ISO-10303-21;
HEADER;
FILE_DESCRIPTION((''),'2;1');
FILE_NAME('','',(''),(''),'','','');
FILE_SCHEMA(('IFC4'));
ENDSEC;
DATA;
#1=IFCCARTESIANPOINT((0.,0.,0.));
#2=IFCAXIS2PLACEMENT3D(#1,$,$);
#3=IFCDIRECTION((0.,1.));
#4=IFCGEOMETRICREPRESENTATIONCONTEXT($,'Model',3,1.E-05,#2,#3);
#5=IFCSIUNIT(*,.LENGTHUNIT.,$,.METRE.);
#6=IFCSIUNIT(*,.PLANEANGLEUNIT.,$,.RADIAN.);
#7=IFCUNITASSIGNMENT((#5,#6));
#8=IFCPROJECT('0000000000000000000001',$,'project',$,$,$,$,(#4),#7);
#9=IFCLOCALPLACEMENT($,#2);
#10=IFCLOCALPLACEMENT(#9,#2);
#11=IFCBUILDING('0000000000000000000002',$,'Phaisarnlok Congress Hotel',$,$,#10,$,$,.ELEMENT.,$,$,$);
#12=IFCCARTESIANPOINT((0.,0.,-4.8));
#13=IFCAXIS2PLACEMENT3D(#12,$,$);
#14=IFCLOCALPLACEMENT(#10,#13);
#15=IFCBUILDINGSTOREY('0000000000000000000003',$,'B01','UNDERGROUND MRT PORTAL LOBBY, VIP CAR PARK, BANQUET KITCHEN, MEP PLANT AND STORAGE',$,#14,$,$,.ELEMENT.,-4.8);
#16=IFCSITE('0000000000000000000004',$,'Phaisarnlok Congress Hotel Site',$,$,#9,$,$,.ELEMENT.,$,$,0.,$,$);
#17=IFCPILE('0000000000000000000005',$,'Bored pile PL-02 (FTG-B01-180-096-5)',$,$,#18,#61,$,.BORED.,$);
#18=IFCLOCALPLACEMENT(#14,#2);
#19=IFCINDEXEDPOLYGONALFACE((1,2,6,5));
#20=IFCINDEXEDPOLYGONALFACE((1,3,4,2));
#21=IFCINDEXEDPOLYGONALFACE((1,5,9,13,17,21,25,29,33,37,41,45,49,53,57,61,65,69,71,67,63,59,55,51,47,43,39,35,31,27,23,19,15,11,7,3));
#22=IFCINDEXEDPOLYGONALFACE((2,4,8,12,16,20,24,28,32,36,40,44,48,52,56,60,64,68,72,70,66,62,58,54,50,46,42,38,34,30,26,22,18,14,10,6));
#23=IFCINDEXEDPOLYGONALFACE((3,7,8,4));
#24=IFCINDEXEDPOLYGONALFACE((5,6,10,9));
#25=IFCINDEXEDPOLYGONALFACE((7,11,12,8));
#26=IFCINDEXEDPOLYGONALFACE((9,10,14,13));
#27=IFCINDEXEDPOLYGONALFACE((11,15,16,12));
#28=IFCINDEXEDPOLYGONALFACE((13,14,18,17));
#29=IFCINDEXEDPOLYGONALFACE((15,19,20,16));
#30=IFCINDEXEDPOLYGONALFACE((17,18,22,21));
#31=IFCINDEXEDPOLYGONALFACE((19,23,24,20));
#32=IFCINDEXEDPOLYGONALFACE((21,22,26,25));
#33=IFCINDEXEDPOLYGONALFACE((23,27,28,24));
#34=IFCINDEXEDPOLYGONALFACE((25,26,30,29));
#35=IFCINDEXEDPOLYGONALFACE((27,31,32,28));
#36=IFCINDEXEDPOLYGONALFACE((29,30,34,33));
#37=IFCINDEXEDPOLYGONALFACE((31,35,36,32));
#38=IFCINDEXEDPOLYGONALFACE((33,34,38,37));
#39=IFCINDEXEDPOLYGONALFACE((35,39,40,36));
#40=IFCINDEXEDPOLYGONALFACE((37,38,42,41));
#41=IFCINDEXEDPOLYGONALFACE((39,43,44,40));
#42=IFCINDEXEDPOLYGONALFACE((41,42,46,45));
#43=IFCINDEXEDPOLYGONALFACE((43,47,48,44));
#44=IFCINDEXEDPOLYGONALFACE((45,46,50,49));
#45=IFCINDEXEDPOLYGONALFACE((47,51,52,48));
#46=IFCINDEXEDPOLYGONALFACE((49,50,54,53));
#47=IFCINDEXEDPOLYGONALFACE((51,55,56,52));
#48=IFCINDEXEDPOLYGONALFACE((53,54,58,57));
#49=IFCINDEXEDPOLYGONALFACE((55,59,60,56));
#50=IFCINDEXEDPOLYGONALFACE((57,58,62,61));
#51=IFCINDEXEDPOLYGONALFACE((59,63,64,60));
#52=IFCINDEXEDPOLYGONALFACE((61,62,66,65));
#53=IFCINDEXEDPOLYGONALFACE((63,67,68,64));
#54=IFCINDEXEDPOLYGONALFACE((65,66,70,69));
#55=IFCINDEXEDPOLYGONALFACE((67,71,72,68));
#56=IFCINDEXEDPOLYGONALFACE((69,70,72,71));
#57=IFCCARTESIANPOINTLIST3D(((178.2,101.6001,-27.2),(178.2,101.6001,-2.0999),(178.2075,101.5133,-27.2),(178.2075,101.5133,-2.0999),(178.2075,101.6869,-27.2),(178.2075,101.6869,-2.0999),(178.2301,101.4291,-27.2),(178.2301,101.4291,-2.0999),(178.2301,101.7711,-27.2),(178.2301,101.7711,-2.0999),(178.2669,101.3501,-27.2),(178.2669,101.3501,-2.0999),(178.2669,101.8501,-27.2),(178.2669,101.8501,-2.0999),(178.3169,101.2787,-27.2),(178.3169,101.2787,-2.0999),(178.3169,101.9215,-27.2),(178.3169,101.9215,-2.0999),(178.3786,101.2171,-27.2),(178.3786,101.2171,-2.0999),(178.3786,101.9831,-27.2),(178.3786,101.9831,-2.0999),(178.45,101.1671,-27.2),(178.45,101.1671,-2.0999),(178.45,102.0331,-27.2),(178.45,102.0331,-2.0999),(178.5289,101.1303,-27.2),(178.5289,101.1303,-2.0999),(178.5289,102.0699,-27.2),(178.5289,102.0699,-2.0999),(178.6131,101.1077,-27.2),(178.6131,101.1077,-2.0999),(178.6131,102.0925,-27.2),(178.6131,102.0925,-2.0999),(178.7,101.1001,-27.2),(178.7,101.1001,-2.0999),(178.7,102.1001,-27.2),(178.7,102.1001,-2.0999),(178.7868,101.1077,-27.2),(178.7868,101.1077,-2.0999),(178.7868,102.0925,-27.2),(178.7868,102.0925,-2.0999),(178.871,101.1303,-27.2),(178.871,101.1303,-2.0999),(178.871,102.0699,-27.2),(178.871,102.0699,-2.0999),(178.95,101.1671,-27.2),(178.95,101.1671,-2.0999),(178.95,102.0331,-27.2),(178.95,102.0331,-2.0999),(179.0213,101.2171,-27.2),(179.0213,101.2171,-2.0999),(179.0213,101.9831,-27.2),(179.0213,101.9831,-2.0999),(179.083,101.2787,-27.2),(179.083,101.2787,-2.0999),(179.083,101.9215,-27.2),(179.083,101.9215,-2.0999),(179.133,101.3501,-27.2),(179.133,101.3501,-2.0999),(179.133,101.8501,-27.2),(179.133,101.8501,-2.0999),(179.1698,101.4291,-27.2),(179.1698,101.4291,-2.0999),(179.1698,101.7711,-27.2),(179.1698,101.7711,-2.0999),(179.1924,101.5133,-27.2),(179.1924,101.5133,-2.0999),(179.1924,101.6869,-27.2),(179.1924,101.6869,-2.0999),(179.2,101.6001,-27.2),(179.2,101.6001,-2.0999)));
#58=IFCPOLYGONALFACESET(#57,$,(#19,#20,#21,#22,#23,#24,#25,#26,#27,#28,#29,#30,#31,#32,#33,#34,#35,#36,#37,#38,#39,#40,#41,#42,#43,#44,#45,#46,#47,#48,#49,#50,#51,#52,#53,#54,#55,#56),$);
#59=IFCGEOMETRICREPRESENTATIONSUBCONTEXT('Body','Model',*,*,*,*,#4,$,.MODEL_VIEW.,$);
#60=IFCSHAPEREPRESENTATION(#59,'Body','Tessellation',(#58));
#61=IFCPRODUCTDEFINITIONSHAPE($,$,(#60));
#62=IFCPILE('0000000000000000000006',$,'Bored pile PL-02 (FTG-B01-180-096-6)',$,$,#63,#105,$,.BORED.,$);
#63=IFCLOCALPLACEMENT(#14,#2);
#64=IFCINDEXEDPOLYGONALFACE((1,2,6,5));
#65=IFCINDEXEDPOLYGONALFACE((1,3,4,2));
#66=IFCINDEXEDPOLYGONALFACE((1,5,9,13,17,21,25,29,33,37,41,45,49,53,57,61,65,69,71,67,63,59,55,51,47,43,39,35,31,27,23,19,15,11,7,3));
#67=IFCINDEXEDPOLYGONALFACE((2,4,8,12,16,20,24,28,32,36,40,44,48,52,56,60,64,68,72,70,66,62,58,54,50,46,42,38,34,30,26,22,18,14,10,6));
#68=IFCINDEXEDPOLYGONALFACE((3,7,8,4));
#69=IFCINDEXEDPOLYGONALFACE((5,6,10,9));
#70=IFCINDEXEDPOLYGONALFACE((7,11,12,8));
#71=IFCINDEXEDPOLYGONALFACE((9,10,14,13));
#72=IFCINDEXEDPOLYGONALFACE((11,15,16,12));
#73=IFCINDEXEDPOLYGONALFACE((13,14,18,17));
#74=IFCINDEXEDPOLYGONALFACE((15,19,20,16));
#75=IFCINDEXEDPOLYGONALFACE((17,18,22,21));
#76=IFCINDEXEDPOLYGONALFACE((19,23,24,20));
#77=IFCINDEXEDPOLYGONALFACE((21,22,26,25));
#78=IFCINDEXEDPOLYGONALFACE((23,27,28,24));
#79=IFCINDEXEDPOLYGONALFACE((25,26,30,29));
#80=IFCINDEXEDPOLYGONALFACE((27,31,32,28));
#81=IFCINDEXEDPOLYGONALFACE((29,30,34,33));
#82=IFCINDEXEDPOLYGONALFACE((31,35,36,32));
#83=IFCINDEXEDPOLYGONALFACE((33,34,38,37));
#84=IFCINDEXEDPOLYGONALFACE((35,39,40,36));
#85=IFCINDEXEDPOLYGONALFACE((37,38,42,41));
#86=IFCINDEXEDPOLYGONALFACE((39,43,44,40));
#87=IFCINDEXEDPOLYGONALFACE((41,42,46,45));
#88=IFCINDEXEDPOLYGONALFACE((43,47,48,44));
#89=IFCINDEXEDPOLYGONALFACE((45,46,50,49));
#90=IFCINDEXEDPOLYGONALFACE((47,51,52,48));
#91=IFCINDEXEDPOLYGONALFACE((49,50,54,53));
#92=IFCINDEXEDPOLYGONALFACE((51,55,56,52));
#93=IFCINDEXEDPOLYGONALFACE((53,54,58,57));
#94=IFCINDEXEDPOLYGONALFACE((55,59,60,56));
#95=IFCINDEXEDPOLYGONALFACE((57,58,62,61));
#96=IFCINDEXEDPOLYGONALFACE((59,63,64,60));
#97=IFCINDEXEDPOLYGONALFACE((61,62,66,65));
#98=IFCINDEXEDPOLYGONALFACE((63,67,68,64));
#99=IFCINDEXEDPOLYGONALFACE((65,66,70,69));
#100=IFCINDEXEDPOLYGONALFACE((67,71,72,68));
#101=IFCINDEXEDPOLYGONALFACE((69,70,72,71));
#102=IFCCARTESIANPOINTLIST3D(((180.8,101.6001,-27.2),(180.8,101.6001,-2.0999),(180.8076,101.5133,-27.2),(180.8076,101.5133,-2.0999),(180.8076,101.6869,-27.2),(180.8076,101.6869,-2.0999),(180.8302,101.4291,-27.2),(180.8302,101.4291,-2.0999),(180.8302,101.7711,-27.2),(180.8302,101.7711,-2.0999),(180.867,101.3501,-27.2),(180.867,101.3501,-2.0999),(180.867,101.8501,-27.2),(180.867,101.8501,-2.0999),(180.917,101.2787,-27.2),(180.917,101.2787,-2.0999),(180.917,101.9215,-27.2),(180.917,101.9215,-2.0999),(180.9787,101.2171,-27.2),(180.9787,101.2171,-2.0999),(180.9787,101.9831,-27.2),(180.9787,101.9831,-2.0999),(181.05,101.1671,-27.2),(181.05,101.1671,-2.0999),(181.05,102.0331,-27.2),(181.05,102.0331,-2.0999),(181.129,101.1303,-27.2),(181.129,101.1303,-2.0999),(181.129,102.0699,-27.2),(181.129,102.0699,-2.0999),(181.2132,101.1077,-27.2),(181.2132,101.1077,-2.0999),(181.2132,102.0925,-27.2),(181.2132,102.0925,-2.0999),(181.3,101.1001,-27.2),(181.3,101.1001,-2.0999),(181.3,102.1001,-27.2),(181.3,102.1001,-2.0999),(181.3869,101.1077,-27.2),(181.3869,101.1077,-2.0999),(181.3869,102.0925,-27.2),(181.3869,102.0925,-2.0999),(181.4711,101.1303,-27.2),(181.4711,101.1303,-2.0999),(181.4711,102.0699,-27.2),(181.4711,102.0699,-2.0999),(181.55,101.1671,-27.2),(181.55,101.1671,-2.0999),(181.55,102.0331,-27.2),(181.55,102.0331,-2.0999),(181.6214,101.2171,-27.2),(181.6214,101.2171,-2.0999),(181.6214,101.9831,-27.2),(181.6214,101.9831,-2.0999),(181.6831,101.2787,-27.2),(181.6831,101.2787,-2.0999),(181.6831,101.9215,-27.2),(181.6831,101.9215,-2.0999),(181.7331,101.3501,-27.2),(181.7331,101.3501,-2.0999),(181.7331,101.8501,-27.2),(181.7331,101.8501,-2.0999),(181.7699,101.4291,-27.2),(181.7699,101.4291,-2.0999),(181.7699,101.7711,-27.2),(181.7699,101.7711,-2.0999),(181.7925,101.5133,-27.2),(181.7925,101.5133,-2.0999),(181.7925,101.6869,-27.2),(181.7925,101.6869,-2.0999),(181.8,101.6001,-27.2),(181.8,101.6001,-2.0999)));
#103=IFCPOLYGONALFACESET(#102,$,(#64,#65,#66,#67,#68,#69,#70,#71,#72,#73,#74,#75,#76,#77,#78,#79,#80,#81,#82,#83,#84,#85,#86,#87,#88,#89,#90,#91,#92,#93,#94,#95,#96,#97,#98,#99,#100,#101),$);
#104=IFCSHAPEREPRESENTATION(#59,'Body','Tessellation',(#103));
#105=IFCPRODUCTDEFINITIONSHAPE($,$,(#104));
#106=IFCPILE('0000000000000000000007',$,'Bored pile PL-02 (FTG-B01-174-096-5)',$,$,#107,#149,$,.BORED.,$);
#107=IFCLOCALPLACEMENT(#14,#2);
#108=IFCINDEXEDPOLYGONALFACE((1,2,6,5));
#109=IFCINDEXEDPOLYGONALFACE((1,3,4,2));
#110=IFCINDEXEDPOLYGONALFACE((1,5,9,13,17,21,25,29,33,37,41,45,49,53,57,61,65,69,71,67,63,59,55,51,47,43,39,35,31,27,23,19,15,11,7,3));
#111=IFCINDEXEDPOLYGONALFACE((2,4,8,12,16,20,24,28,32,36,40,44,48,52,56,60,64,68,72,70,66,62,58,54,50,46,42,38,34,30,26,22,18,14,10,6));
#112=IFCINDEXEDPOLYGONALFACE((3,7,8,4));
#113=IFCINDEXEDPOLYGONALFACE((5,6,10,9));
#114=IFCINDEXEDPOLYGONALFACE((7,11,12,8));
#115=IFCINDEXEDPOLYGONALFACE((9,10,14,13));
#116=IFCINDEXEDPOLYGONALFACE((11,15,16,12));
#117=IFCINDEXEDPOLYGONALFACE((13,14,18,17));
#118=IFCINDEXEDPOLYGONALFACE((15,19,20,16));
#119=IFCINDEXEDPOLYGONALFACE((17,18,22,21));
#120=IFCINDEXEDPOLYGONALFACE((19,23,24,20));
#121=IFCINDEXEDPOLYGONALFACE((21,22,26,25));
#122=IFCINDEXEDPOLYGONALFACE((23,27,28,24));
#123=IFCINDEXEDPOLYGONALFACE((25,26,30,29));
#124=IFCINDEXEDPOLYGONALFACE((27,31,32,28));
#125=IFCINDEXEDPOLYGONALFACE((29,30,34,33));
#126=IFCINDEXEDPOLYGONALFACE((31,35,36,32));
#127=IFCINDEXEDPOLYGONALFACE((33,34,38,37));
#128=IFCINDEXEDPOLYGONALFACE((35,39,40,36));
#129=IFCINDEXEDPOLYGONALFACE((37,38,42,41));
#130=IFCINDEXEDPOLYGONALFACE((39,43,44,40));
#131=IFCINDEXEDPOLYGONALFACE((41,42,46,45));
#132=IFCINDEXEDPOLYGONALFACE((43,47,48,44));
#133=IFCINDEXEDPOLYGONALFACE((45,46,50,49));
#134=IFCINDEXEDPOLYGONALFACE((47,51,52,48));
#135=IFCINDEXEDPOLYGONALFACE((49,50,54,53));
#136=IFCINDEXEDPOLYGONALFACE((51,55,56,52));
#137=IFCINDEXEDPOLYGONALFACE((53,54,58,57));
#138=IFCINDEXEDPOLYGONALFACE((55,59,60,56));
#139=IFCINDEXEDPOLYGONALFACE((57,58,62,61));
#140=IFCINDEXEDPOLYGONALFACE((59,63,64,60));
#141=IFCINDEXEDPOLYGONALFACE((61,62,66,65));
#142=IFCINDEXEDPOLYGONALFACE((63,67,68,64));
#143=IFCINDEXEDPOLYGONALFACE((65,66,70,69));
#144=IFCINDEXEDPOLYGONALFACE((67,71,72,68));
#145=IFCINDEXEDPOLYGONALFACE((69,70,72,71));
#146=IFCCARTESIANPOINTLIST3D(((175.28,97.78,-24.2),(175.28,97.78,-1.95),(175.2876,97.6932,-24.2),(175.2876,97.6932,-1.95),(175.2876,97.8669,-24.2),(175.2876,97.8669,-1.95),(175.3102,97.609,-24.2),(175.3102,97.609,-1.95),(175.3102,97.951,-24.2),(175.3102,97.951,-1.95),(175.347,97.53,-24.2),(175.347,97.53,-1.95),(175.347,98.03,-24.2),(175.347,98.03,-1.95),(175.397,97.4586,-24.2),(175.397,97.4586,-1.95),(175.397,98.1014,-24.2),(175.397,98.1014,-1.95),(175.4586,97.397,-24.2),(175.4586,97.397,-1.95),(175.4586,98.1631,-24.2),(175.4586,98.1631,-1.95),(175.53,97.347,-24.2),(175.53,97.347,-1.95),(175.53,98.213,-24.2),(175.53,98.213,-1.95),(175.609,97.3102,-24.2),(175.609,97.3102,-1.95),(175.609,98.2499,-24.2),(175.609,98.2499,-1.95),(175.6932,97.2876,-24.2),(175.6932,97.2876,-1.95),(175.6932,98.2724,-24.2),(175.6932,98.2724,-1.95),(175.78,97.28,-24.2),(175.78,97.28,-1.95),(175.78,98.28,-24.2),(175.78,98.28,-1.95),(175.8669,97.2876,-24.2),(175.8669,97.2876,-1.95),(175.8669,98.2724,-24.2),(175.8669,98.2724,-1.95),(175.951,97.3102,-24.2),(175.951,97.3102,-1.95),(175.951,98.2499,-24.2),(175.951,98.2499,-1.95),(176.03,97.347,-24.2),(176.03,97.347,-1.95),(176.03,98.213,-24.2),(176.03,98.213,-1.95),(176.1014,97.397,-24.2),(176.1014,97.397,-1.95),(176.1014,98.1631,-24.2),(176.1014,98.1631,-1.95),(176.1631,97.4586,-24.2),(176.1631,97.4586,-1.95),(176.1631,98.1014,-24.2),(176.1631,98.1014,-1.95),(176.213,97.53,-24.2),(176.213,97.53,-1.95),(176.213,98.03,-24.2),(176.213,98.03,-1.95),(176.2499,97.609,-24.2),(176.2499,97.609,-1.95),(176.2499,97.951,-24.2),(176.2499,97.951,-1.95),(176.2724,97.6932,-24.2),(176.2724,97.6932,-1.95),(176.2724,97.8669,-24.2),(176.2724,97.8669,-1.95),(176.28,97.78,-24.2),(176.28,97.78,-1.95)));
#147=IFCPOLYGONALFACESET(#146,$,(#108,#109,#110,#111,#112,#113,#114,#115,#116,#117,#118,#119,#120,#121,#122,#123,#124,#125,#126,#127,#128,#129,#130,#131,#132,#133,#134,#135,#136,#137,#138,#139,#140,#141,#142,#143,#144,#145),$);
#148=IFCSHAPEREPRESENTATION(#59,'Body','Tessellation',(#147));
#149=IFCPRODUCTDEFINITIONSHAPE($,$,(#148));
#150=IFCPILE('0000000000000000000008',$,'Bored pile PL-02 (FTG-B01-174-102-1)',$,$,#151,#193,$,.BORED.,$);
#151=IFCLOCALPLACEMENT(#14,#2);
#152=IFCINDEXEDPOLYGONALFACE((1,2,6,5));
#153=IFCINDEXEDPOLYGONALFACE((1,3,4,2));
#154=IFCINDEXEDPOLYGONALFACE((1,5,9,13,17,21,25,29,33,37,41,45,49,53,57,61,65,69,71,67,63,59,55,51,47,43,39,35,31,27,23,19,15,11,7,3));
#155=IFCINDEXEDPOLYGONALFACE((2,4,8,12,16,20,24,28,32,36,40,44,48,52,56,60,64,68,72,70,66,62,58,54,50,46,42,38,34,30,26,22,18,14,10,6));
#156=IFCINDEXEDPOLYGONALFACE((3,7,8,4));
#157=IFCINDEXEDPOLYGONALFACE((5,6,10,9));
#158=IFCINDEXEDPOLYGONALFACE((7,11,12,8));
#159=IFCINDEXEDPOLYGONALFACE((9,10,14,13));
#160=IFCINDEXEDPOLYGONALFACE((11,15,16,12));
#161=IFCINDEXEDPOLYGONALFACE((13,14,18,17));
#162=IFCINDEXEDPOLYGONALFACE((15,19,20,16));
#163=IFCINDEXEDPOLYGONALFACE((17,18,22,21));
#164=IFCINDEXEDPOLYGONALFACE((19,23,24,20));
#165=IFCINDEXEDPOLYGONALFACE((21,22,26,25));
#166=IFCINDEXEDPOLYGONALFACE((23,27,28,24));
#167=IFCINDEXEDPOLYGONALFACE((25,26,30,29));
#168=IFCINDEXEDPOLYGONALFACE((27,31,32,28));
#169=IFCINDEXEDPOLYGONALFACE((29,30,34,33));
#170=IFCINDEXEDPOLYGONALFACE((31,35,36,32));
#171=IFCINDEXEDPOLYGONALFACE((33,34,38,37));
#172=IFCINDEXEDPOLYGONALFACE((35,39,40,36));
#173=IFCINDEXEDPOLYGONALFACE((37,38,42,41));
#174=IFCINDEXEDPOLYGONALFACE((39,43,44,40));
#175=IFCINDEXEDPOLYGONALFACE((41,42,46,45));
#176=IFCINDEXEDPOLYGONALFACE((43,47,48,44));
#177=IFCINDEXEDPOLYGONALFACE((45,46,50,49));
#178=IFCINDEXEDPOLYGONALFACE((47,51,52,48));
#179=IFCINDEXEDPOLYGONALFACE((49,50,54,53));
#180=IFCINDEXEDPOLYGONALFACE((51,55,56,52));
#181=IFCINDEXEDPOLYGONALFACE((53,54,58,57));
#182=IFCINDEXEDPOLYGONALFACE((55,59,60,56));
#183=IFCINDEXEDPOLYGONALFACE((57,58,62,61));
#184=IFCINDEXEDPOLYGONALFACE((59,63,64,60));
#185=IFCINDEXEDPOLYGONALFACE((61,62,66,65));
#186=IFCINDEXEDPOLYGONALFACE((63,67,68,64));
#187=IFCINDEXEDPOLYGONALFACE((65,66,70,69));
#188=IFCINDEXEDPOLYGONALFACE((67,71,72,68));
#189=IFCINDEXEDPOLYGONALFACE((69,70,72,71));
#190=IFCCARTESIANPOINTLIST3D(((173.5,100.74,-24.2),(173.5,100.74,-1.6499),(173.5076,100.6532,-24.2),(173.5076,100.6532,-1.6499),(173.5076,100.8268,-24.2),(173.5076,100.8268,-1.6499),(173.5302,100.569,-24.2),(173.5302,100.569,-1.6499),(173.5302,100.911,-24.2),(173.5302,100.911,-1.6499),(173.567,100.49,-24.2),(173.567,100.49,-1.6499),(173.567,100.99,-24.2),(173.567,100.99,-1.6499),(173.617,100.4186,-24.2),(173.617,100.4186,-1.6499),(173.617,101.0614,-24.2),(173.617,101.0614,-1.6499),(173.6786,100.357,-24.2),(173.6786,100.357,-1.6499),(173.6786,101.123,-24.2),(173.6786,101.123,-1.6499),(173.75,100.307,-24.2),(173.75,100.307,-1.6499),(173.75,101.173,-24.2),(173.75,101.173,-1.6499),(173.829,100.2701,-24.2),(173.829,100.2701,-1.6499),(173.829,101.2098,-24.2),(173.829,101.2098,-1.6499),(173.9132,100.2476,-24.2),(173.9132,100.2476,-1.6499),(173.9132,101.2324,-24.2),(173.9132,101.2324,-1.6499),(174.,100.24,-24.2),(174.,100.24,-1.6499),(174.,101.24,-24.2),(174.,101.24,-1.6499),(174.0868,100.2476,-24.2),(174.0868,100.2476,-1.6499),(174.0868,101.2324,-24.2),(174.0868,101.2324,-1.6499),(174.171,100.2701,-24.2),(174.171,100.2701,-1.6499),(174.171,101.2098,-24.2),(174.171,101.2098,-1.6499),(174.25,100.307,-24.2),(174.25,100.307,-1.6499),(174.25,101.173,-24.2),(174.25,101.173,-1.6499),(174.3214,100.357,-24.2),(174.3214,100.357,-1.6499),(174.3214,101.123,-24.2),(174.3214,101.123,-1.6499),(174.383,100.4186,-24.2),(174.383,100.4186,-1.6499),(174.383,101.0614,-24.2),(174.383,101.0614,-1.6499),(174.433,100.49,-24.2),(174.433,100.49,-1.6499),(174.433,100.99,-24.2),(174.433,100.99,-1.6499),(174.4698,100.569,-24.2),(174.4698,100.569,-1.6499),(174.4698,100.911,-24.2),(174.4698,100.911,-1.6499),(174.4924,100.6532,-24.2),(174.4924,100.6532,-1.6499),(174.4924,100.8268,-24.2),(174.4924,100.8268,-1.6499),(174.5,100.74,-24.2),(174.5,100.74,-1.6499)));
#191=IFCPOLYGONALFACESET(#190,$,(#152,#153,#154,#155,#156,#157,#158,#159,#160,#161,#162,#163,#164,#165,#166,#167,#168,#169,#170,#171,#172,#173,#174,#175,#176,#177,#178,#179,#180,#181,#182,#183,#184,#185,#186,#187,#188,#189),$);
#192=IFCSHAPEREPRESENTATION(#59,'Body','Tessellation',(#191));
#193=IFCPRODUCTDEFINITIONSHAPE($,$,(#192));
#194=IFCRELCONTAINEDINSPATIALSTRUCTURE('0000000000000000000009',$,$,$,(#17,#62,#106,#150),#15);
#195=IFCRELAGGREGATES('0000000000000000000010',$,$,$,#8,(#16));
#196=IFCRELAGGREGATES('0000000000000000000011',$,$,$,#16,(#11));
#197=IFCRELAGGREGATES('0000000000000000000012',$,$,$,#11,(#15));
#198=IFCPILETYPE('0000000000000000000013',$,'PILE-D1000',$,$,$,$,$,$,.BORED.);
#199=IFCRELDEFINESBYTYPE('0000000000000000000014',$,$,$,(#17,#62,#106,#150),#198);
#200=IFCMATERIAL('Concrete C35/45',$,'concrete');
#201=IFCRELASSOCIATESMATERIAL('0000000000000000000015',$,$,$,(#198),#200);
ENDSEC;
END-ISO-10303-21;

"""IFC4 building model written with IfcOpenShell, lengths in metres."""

from ifc_helpers import new_model, si_unit, direction, frame, origin, origin_2d, place, context, subcontext, project, spatial, circle, extrude, material, material_profile, profile_set, type_object, element, save


model = new_model("IFC4")

# Units and contexts
model_context = context("Model", 3, precision=1e-05, world=origin(), true_north=direction((0.0, 1.0)))
body_context = subcontext(model_context, "Body", "Model", "MODEL_VIEW")
ifc_project = project(units=[si_unit("LENGTHUNIT", "METRE"), si_unit("PLANEANGLEUNIT", "RADIAN")], contexts=[model_context])

# Site, building, storey
site_placement = place(None, origin())
site = spatial("IfcSite", under=ifc_project, at=site_placement, Name="Phaisarnlok Congress Hotel Site", CompositionType="ELEMENT", RefElevation=0.0)
building_placement = place(site_placement, origin())
building = spatial("IfcBuilding", under=site, at=building_placement, Name="Phaisarnlok Congress Hotel", CompositionType="ELEMENT")
storey_placement = place(building_placement, frame((0.0, 0.0, -4.8)))
storey = spatial("IfcBuildingStorey", under=building, at=storey_placement, Name="B01", Description="UNDERGROUND MRT PORTAL LOBBY, VIP CAR PARK, BANQUET KITCHEN, MEP PLANT AND STORAGE", CompositionType="ELEMENT", Elevation=-4.8)

# Piles
ifc_material_1 = material(Name="Concrete C35/45", Category="concrete")
ifc_material_profile_1 = material_profile(ifc_material_1, circle(Radius=0.5, at=origin_2d()), Name="BORED PILE D1000")
ifc_profile_set_1 = profile_set([ifc_material_profile_1], Name="Concrete C35/45")
pile_type_1 = type_object("IfcPileType", Name="PILE-D1000", PredefinedType="BORED", material=ifc_profile_set_1)
for number, where, z_axis, x_axis, name in (
    (1, (178.7, 101.6001, -2.0999), (0.0, 0.0, -1.0), (1.0, 0.0, 0.0), "Bored pile PL-02 (FTG-B01-180-096-5)"),
    (2, (181.3, 101.6001, -2.0999), (0.0, 0.0, -1.0), (1.0, 0.0, 0.0), "Bored pile PL-02 (FTG-B01-180-096-6)"),
):
    element("IfcPile", number, at=place(storey_placement, frame(where, z_axis=z_axis, x_axis=x_axis)), inside=storey, type_object=pile_type_1, Name=name, PredefinedType="BORED", context=body_context, shape_type="SweptSolid", body=[
        extrude(circle(Radius=0.5, at=origin_2d()), origin(), (0.0, 0.0, 1.0), 25.1001),
    ])
pile_placement = place(storey_placement, frame((175.78, 97.78, -1.95), z_axis=(0.0, 0.0, -1.0), x_axis=(1.0, 0.0, 0.0)))
element("IfcPile", 3, at=pile_placement, inside=storey, type_object=pile_type_1, Name="Bored pile PL-02 (FTG-B01-174-096-5)", PredefinedType="BORED", context=body_context, shape_type="SweptSolid", body=[
    extrude(circle(Radius=0.5, at=origin_2d()), origin(), (0.0, 0.0, 1.0), 22.25),
])
for number, where, z_axis, x_axis, name in (
    (4, (174.0, 100.74, -1.6499), (0.0, 0.0, -1.0), (1.0, 0.0, 0.0), "Bored pile PL-02 (FTG-B01-174-102-1)"),
):
    element("IfcPile", number, at=place(storey_placement, frame(where, z_axis=z_axis, x_axis=x_axis)), inside=storey, type_object=pile_type_1, Name=name, PredefinedType="BORED", context=body_context, shape_type="SweptSolid", body=[
        extrude(circle(Radius=0.5, at=origin_2d()), origin(), (0.0, 0.0, 1.0), 22.55),
    ])

save(model, "model.ifc")
